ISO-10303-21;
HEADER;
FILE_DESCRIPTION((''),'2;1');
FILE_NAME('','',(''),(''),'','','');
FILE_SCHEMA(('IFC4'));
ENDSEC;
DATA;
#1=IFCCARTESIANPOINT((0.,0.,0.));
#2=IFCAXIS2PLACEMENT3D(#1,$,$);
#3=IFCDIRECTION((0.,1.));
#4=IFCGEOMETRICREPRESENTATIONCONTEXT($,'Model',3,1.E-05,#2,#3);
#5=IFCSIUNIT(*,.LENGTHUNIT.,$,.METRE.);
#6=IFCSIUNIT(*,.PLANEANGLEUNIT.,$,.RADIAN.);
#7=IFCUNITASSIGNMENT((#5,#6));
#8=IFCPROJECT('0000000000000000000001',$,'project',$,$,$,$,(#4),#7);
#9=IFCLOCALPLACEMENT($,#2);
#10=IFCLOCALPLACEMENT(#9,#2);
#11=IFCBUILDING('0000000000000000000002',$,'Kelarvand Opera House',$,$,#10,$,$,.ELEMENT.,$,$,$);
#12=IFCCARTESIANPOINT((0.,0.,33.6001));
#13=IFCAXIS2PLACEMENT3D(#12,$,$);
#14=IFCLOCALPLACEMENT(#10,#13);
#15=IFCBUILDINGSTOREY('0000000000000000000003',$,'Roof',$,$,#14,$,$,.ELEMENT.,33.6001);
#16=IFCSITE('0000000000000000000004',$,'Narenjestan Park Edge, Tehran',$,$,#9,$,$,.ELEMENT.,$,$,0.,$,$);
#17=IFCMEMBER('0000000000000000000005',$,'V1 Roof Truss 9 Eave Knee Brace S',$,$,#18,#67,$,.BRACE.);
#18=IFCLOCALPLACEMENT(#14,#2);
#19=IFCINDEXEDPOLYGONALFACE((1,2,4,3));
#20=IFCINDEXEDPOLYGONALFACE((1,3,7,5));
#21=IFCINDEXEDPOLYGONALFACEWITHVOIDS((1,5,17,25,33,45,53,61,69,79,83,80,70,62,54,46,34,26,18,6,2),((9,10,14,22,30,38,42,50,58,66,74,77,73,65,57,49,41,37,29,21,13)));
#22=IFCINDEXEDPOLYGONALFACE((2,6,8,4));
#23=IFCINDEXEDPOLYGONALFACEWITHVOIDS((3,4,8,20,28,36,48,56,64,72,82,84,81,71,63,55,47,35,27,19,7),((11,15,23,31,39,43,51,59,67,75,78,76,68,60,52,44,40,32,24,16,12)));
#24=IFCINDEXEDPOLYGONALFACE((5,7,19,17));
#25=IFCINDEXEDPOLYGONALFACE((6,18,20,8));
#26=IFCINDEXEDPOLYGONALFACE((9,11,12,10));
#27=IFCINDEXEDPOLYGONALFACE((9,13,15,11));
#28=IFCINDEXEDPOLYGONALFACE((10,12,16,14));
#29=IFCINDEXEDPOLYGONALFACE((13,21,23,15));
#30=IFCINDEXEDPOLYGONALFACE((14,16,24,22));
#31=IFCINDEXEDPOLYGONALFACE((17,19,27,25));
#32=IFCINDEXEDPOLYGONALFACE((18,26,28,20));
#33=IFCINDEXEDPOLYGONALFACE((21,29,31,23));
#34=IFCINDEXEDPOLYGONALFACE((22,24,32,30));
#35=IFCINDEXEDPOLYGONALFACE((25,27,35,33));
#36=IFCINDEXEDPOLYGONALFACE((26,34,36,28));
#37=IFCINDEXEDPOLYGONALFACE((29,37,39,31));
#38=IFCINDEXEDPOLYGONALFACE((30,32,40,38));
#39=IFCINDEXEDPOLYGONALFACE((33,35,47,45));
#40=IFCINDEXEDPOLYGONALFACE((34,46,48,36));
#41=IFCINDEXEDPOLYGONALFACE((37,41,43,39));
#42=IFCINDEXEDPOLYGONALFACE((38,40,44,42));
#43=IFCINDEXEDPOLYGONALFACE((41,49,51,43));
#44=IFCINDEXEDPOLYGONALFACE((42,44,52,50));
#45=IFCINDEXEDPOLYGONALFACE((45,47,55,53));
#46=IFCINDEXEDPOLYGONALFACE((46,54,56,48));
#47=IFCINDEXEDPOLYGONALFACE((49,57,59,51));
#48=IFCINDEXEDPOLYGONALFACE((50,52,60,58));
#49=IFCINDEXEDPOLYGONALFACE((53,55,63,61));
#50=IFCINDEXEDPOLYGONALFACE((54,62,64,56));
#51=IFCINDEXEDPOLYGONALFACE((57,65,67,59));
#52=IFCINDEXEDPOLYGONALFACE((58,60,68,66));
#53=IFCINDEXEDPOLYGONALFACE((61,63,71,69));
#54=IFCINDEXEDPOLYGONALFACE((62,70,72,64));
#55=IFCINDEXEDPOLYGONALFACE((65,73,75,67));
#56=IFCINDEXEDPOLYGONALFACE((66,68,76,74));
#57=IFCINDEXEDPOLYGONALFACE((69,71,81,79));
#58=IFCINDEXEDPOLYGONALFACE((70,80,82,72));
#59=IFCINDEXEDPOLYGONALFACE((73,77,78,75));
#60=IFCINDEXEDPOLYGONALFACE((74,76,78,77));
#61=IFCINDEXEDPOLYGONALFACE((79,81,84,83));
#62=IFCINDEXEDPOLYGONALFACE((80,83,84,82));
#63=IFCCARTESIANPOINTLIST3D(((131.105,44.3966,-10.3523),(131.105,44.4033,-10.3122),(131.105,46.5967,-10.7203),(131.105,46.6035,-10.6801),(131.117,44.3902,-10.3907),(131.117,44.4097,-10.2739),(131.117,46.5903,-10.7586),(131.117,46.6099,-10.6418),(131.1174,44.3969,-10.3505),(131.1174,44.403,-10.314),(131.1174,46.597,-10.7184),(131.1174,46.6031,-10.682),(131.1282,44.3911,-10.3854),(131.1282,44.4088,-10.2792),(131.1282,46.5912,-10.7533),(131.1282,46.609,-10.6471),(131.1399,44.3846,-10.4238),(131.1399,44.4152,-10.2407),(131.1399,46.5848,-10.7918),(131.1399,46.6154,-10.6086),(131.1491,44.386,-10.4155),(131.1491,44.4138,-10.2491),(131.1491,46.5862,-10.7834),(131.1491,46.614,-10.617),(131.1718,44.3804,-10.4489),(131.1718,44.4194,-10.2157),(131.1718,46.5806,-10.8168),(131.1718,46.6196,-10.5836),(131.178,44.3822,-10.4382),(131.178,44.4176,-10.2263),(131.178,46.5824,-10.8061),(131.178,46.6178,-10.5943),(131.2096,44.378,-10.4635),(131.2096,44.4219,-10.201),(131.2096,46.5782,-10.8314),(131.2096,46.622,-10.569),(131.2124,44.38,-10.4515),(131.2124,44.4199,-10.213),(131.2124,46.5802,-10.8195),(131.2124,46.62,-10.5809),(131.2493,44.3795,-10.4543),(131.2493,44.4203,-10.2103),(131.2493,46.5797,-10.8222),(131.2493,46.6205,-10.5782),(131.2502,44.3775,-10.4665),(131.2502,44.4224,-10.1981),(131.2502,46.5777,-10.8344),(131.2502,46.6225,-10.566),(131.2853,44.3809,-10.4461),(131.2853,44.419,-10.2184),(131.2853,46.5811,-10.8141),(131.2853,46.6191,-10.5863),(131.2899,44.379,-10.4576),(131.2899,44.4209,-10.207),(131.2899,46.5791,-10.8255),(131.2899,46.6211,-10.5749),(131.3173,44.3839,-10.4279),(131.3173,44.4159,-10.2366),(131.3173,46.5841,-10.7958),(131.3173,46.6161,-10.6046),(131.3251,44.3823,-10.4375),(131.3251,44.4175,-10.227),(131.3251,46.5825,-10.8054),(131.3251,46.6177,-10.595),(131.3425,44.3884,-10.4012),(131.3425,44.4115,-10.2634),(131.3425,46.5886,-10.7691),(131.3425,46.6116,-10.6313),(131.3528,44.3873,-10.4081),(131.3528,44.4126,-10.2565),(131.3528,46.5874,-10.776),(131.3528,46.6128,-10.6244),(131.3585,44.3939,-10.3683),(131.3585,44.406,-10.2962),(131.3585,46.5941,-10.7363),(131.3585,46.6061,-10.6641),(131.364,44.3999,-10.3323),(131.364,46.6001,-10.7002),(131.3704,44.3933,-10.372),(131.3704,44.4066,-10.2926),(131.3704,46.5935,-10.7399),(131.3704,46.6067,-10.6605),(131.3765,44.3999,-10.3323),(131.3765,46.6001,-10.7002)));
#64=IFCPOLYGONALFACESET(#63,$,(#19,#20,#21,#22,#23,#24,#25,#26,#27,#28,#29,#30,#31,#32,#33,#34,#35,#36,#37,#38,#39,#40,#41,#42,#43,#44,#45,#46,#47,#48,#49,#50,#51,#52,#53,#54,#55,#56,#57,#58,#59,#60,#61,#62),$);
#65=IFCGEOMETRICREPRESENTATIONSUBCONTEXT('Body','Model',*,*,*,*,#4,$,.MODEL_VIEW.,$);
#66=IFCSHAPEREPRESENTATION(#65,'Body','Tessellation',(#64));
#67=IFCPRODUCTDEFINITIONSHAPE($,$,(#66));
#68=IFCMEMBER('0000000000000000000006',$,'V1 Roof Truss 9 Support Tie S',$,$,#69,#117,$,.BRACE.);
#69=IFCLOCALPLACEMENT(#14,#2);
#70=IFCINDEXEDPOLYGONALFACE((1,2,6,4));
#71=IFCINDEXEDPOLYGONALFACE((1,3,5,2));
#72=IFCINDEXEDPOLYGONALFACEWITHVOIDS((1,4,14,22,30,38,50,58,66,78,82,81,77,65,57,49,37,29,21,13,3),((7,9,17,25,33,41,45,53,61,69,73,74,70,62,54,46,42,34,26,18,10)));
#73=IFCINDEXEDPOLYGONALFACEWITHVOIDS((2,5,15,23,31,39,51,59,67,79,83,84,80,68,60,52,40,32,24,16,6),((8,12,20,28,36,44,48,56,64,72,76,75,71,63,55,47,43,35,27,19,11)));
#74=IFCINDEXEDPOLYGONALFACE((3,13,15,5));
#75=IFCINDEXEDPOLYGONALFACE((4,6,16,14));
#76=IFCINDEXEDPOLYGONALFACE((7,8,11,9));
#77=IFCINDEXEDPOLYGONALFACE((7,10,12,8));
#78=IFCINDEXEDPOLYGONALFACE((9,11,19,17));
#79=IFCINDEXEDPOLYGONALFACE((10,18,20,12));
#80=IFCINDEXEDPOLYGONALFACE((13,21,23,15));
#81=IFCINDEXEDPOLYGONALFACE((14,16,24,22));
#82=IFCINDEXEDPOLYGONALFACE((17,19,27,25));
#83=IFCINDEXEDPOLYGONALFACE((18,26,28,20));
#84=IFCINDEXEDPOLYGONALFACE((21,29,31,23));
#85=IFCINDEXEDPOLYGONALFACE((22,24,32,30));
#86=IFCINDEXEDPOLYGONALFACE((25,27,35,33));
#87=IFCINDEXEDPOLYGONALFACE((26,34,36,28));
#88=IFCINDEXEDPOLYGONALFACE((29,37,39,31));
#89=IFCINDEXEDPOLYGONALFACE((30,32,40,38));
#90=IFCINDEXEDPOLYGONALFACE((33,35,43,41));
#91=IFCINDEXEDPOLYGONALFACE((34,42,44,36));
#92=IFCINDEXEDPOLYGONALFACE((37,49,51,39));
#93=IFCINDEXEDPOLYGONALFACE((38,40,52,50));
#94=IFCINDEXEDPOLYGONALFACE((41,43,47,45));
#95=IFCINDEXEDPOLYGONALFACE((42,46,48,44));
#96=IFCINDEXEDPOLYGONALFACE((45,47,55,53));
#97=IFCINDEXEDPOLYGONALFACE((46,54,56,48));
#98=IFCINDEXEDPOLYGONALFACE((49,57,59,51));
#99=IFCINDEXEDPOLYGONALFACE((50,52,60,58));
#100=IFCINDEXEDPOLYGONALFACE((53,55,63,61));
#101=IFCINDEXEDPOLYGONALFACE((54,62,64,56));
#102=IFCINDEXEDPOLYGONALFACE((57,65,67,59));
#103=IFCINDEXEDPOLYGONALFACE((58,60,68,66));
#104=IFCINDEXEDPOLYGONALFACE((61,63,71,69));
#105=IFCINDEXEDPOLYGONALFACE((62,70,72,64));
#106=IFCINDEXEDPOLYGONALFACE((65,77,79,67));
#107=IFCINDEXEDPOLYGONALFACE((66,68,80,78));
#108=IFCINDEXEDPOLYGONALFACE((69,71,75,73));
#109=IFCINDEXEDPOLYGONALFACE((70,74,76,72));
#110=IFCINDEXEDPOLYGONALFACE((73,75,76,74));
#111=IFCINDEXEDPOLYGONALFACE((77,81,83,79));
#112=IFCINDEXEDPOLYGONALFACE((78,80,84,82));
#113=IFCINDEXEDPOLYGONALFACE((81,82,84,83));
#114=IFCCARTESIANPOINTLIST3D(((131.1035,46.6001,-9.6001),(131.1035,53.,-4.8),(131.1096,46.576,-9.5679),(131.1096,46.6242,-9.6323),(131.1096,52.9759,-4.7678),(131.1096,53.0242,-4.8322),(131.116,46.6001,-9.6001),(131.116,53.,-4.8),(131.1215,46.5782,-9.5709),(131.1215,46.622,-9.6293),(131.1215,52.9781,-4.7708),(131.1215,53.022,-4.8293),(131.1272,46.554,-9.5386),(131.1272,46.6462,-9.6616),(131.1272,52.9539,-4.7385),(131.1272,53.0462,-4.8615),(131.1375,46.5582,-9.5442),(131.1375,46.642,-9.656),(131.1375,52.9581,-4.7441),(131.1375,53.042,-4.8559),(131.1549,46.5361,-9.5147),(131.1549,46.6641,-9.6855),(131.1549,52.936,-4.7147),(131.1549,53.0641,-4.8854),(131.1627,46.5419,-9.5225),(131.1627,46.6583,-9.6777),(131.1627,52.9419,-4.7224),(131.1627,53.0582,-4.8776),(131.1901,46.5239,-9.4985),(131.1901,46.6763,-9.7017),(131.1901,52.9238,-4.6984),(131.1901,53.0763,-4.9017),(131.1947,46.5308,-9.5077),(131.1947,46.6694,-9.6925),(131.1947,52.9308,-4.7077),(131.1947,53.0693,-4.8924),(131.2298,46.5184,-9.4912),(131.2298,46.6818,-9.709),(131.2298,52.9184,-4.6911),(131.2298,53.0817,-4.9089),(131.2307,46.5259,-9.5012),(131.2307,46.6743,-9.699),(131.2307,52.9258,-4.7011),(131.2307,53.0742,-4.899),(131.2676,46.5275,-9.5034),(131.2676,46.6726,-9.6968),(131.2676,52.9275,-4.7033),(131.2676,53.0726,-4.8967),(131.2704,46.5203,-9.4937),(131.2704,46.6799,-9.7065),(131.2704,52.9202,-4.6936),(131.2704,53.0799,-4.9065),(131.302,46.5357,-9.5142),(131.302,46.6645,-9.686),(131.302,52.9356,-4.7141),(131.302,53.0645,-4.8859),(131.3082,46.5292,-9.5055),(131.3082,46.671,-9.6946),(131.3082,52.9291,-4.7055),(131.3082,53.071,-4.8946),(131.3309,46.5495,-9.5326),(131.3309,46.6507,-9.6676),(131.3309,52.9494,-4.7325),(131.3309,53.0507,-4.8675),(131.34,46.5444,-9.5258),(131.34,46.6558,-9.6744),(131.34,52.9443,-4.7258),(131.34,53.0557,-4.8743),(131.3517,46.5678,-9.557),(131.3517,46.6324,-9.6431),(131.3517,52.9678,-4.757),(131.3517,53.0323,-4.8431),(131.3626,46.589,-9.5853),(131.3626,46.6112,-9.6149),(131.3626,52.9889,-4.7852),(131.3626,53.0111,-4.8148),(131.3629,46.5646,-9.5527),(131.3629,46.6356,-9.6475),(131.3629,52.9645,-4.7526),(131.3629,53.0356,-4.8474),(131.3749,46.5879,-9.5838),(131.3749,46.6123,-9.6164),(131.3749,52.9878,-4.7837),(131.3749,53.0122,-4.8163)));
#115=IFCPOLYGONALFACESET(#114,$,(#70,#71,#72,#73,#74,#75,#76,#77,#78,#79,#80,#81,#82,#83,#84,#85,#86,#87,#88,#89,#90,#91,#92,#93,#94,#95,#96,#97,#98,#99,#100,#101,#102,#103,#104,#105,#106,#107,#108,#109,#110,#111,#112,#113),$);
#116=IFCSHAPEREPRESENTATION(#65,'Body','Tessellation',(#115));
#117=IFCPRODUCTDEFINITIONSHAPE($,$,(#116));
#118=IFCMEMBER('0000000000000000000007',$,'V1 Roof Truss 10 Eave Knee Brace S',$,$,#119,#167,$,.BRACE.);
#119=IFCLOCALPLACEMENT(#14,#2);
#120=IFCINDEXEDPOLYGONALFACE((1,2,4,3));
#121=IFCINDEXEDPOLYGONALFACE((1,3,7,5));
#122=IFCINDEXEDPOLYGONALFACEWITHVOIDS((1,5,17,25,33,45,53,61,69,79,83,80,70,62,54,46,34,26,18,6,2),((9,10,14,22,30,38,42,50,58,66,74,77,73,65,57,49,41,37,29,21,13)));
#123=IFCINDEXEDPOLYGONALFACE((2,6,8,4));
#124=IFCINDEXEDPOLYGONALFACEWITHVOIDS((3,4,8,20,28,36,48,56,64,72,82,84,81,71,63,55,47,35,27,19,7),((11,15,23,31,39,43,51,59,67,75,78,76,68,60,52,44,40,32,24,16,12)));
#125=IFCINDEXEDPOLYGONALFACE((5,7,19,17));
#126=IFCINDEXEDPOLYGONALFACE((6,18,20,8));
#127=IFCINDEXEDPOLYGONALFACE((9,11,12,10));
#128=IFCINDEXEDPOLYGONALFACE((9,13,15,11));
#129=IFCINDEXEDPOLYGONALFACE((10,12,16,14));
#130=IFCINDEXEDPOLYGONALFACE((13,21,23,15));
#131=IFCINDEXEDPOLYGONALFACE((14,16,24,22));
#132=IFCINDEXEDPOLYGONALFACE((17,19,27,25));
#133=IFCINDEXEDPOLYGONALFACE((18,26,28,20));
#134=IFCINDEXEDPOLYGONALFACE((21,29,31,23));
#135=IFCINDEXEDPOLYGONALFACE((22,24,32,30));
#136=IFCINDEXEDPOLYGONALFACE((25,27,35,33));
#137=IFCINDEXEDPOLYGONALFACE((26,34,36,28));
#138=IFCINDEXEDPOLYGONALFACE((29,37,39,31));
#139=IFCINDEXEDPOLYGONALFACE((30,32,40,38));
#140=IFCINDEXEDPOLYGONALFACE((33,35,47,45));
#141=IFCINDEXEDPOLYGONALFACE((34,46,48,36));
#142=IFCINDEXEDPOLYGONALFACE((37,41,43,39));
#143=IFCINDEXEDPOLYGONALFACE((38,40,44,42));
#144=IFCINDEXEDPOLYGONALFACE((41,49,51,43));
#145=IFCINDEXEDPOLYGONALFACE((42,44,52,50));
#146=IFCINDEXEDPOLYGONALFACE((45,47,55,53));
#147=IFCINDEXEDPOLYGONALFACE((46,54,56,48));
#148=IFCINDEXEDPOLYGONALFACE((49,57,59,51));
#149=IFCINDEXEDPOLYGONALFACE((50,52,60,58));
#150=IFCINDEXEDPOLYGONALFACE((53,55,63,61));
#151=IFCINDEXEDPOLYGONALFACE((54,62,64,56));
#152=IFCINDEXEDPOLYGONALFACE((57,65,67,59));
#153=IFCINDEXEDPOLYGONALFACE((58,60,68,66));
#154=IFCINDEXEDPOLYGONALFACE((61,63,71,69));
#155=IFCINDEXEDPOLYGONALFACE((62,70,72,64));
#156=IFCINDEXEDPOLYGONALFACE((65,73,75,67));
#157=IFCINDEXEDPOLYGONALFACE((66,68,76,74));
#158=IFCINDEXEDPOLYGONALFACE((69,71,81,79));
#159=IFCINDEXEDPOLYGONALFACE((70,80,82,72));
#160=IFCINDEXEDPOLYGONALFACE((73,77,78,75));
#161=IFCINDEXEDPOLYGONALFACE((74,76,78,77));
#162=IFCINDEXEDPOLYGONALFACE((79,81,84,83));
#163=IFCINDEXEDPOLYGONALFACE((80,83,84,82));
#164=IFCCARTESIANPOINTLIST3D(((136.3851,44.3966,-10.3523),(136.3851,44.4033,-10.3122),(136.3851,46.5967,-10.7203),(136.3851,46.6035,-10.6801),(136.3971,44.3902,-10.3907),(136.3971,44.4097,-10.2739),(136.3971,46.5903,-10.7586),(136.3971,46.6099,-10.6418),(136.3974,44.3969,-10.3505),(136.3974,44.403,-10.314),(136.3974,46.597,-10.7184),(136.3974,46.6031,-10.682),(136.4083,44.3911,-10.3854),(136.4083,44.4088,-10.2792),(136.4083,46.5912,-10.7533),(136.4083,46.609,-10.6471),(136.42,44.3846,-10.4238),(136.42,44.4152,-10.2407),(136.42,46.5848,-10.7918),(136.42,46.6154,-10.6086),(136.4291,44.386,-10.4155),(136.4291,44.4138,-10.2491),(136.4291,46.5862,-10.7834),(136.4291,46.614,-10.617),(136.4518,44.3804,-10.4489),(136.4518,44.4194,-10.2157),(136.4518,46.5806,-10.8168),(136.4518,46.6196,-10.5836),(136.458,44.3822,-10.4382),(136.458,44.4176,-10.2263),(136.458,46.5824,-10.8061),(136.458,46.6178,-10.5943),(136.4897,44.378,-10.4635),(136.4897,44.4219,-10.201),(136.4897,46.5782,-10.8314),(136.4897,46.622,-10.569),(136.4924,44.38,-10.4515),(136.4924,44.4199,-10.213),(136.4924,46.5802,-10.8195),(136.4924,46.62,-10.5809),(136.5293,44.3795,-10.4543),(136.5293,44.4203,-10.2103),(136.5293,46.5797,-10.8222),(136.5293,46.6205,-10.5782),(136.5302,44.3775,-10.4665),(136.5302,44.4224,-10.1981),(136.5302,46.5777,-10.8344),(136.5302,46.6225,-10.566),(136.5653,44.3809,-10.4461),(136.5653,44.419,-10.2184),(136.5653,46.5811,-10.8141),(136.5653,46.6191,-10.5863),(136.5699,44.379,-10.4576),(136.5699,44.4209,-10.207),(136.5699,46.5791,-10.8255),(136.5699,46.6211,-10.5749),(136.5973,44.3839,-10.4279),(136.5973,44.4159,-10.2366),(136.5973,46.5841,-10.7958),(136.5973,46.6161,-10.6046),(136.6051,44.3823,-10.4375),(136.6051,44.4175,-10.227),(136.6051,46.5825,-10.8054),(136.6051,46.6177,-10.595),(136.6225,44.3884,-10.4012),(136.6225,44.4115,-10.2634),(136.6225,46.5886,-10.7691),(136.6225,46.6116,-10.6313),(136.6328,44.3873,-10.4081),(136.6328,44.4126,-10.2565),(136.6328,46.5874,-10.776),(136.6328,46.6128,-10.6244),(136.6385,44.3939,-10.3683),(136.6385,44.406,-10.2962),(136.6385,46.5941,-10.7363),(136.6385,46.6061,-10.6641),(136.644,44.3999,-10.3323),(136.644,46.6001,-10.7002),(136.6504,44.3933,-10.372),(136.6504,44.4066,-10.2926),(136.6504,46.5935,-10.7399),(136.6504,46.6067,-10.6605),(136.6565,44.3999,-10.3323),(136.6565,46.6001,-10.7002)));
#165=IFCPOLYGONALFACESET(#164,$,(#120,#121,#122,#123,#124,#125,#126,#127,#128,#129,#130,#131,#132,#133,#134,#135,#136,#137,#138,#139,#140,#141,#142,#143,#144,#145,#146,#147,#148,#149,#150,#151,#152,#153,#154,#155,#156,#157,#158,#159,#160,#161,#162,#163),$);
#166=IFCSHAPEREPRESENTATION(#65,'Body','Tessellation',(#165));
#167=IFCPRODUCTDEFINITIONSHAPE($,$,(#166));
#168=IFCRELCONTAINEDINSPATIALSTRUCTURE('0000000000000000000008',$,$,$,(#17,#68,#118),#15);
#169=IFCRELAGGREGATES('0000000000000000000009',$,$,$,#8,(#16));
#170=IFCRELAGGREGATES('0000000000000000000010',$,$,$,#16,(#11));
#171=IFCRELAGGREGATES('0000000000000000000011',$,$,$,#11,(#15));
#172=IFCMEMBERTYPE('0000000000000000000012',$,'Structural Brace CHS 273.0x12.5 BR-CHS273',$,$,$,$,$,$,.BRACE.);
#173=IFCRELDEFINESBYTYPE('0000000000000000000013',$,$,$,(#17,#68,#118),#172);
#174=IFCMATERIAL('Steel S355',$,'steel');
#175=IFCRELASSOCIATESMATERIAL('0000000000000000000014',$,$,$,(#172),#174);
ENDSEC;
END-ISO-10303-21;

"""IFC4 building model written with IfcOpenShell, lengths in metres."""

from ifc_helpers import new_model, si_unit, direction, frame, origin, origin_2d, place, context, subcontext, project, spatial, hollow_circle, extrude, material, material_profile, profile_set, type_object, element, save


model = new_model("IFC4")

# Units and contexts
model_context = context("Model", 3, precision=1e-05, world=origin(), true_north=direction((0.0, 1.0)))
body_context = subcontext(model_context, "Body", "Model", "MODEL_VIEW")
ifc_project = project(units=[si_unit("LENGTHUNIT", "METRE"), si_unit("PLANEANGLEUNIT", "RADIAN")], contexts=[model_context])

# Site, building, storey
site_placement = place(None, origin())
site = spatial("IfcSite", under=ifc_project, at=site_placement, Name="Narenjestan Park Edge, Tehran", CompositionType="ELEMENT", RefElevation=0.0)
building_placement = place(site_placement, origin())
building = spatial("IfcBuilding", under=site, at=building_placement, Name="Kelarvand Opera House", CompositionType="ELEMENT")
storey_placement = place(building_placement, frame((0.0, 0.0, 33.6001)))
storey = spatial("IfcBuildingStorey", under=building, at=storey_placement, Name="Roof", CompositionType="ELEMENT", Elevation=33.6001)

# Members
ifc_material = material(Name="Steel S355", Category="steel")
ifc_material_profile_1 = material_profile(ifc_material, hollow_circle(Radius=0.1365, WallThickness=0.0125, at=origin_2d()), Name="CHS 273.0x12.5", Category="steel")
ifc_profile_set_1 = profile_set([ifc_material_profile_1], Name="Steel S355")
member_type_1 = type_object("IfcMemberType", Name="Structural Brace CHS 273.0x12.5 BR-CHS273", PredefinedType="BRACE", material=ifc_profile_set_1)
member_1_placement = place(storey_placement, frame((131.24, 46.6001, -10.7002), z_axis=(0.0, -0.986305, 0.164931), x_axis=(1.0, 0.0, 0.0)))
element("IfcMember", 1, at=member_1_placement, inside=storey, type_object=member_type_1, Name="V1 Roof Truss 9 Eave Knee Brace S", PredefinedType="BRACE", context=body_context, shape_type="SweptSolid", body=[
    extrude(hollow_circle(Radius=0.1365, WallThickness=0.0125, at=origin_2d()), origin(), (0.0, 0.0, 1.0), 2.2307),
])
member_2_placement = place(storey_placement, frame((131.24, 46.6001, -9.6001), z_axis=(0.0, 0.799993, 0.60001), x_axis=(-1.0, 0.0, 0.0)))
element("IfcMember", 2, at=member_2_placement, inside=storey, type_object=member_type_1, Name="V1 Roof Truss 9 Support Tie S", PredefinedType="BRACE", context=body_context, shape_type="SweptSolid", body=[
    extrude(hollow_circle(Radius=0.1365, WallThickness=0.0125, at=origin_2d()), origin(), (0.0, 0.0, 1.0), 8.0),
])
member_3_placement = place(storey_placement, frame((136.52, 46.6001, -10.7002), z_axis=(0.0, -0.986305, 0.164931), x_axis=(1.0, 0.0, 0.0)))
element("IfcMember", 3, at=member_3_placement, inside=storey, type_object=member_type_1, Name="V1 Roof Truss 10 Eave Knee Brace S", PredefinedType="BRACE", context=body_context, shape_type="SweptSolid", body=[
    extrude(hollow_circle(Radius=0.1365, WallThickness=0.0125, at=origin_2d()), origin(), (0.0, 0.0, 1.0), 2.2307),
])

save(model, "model.ifc")
